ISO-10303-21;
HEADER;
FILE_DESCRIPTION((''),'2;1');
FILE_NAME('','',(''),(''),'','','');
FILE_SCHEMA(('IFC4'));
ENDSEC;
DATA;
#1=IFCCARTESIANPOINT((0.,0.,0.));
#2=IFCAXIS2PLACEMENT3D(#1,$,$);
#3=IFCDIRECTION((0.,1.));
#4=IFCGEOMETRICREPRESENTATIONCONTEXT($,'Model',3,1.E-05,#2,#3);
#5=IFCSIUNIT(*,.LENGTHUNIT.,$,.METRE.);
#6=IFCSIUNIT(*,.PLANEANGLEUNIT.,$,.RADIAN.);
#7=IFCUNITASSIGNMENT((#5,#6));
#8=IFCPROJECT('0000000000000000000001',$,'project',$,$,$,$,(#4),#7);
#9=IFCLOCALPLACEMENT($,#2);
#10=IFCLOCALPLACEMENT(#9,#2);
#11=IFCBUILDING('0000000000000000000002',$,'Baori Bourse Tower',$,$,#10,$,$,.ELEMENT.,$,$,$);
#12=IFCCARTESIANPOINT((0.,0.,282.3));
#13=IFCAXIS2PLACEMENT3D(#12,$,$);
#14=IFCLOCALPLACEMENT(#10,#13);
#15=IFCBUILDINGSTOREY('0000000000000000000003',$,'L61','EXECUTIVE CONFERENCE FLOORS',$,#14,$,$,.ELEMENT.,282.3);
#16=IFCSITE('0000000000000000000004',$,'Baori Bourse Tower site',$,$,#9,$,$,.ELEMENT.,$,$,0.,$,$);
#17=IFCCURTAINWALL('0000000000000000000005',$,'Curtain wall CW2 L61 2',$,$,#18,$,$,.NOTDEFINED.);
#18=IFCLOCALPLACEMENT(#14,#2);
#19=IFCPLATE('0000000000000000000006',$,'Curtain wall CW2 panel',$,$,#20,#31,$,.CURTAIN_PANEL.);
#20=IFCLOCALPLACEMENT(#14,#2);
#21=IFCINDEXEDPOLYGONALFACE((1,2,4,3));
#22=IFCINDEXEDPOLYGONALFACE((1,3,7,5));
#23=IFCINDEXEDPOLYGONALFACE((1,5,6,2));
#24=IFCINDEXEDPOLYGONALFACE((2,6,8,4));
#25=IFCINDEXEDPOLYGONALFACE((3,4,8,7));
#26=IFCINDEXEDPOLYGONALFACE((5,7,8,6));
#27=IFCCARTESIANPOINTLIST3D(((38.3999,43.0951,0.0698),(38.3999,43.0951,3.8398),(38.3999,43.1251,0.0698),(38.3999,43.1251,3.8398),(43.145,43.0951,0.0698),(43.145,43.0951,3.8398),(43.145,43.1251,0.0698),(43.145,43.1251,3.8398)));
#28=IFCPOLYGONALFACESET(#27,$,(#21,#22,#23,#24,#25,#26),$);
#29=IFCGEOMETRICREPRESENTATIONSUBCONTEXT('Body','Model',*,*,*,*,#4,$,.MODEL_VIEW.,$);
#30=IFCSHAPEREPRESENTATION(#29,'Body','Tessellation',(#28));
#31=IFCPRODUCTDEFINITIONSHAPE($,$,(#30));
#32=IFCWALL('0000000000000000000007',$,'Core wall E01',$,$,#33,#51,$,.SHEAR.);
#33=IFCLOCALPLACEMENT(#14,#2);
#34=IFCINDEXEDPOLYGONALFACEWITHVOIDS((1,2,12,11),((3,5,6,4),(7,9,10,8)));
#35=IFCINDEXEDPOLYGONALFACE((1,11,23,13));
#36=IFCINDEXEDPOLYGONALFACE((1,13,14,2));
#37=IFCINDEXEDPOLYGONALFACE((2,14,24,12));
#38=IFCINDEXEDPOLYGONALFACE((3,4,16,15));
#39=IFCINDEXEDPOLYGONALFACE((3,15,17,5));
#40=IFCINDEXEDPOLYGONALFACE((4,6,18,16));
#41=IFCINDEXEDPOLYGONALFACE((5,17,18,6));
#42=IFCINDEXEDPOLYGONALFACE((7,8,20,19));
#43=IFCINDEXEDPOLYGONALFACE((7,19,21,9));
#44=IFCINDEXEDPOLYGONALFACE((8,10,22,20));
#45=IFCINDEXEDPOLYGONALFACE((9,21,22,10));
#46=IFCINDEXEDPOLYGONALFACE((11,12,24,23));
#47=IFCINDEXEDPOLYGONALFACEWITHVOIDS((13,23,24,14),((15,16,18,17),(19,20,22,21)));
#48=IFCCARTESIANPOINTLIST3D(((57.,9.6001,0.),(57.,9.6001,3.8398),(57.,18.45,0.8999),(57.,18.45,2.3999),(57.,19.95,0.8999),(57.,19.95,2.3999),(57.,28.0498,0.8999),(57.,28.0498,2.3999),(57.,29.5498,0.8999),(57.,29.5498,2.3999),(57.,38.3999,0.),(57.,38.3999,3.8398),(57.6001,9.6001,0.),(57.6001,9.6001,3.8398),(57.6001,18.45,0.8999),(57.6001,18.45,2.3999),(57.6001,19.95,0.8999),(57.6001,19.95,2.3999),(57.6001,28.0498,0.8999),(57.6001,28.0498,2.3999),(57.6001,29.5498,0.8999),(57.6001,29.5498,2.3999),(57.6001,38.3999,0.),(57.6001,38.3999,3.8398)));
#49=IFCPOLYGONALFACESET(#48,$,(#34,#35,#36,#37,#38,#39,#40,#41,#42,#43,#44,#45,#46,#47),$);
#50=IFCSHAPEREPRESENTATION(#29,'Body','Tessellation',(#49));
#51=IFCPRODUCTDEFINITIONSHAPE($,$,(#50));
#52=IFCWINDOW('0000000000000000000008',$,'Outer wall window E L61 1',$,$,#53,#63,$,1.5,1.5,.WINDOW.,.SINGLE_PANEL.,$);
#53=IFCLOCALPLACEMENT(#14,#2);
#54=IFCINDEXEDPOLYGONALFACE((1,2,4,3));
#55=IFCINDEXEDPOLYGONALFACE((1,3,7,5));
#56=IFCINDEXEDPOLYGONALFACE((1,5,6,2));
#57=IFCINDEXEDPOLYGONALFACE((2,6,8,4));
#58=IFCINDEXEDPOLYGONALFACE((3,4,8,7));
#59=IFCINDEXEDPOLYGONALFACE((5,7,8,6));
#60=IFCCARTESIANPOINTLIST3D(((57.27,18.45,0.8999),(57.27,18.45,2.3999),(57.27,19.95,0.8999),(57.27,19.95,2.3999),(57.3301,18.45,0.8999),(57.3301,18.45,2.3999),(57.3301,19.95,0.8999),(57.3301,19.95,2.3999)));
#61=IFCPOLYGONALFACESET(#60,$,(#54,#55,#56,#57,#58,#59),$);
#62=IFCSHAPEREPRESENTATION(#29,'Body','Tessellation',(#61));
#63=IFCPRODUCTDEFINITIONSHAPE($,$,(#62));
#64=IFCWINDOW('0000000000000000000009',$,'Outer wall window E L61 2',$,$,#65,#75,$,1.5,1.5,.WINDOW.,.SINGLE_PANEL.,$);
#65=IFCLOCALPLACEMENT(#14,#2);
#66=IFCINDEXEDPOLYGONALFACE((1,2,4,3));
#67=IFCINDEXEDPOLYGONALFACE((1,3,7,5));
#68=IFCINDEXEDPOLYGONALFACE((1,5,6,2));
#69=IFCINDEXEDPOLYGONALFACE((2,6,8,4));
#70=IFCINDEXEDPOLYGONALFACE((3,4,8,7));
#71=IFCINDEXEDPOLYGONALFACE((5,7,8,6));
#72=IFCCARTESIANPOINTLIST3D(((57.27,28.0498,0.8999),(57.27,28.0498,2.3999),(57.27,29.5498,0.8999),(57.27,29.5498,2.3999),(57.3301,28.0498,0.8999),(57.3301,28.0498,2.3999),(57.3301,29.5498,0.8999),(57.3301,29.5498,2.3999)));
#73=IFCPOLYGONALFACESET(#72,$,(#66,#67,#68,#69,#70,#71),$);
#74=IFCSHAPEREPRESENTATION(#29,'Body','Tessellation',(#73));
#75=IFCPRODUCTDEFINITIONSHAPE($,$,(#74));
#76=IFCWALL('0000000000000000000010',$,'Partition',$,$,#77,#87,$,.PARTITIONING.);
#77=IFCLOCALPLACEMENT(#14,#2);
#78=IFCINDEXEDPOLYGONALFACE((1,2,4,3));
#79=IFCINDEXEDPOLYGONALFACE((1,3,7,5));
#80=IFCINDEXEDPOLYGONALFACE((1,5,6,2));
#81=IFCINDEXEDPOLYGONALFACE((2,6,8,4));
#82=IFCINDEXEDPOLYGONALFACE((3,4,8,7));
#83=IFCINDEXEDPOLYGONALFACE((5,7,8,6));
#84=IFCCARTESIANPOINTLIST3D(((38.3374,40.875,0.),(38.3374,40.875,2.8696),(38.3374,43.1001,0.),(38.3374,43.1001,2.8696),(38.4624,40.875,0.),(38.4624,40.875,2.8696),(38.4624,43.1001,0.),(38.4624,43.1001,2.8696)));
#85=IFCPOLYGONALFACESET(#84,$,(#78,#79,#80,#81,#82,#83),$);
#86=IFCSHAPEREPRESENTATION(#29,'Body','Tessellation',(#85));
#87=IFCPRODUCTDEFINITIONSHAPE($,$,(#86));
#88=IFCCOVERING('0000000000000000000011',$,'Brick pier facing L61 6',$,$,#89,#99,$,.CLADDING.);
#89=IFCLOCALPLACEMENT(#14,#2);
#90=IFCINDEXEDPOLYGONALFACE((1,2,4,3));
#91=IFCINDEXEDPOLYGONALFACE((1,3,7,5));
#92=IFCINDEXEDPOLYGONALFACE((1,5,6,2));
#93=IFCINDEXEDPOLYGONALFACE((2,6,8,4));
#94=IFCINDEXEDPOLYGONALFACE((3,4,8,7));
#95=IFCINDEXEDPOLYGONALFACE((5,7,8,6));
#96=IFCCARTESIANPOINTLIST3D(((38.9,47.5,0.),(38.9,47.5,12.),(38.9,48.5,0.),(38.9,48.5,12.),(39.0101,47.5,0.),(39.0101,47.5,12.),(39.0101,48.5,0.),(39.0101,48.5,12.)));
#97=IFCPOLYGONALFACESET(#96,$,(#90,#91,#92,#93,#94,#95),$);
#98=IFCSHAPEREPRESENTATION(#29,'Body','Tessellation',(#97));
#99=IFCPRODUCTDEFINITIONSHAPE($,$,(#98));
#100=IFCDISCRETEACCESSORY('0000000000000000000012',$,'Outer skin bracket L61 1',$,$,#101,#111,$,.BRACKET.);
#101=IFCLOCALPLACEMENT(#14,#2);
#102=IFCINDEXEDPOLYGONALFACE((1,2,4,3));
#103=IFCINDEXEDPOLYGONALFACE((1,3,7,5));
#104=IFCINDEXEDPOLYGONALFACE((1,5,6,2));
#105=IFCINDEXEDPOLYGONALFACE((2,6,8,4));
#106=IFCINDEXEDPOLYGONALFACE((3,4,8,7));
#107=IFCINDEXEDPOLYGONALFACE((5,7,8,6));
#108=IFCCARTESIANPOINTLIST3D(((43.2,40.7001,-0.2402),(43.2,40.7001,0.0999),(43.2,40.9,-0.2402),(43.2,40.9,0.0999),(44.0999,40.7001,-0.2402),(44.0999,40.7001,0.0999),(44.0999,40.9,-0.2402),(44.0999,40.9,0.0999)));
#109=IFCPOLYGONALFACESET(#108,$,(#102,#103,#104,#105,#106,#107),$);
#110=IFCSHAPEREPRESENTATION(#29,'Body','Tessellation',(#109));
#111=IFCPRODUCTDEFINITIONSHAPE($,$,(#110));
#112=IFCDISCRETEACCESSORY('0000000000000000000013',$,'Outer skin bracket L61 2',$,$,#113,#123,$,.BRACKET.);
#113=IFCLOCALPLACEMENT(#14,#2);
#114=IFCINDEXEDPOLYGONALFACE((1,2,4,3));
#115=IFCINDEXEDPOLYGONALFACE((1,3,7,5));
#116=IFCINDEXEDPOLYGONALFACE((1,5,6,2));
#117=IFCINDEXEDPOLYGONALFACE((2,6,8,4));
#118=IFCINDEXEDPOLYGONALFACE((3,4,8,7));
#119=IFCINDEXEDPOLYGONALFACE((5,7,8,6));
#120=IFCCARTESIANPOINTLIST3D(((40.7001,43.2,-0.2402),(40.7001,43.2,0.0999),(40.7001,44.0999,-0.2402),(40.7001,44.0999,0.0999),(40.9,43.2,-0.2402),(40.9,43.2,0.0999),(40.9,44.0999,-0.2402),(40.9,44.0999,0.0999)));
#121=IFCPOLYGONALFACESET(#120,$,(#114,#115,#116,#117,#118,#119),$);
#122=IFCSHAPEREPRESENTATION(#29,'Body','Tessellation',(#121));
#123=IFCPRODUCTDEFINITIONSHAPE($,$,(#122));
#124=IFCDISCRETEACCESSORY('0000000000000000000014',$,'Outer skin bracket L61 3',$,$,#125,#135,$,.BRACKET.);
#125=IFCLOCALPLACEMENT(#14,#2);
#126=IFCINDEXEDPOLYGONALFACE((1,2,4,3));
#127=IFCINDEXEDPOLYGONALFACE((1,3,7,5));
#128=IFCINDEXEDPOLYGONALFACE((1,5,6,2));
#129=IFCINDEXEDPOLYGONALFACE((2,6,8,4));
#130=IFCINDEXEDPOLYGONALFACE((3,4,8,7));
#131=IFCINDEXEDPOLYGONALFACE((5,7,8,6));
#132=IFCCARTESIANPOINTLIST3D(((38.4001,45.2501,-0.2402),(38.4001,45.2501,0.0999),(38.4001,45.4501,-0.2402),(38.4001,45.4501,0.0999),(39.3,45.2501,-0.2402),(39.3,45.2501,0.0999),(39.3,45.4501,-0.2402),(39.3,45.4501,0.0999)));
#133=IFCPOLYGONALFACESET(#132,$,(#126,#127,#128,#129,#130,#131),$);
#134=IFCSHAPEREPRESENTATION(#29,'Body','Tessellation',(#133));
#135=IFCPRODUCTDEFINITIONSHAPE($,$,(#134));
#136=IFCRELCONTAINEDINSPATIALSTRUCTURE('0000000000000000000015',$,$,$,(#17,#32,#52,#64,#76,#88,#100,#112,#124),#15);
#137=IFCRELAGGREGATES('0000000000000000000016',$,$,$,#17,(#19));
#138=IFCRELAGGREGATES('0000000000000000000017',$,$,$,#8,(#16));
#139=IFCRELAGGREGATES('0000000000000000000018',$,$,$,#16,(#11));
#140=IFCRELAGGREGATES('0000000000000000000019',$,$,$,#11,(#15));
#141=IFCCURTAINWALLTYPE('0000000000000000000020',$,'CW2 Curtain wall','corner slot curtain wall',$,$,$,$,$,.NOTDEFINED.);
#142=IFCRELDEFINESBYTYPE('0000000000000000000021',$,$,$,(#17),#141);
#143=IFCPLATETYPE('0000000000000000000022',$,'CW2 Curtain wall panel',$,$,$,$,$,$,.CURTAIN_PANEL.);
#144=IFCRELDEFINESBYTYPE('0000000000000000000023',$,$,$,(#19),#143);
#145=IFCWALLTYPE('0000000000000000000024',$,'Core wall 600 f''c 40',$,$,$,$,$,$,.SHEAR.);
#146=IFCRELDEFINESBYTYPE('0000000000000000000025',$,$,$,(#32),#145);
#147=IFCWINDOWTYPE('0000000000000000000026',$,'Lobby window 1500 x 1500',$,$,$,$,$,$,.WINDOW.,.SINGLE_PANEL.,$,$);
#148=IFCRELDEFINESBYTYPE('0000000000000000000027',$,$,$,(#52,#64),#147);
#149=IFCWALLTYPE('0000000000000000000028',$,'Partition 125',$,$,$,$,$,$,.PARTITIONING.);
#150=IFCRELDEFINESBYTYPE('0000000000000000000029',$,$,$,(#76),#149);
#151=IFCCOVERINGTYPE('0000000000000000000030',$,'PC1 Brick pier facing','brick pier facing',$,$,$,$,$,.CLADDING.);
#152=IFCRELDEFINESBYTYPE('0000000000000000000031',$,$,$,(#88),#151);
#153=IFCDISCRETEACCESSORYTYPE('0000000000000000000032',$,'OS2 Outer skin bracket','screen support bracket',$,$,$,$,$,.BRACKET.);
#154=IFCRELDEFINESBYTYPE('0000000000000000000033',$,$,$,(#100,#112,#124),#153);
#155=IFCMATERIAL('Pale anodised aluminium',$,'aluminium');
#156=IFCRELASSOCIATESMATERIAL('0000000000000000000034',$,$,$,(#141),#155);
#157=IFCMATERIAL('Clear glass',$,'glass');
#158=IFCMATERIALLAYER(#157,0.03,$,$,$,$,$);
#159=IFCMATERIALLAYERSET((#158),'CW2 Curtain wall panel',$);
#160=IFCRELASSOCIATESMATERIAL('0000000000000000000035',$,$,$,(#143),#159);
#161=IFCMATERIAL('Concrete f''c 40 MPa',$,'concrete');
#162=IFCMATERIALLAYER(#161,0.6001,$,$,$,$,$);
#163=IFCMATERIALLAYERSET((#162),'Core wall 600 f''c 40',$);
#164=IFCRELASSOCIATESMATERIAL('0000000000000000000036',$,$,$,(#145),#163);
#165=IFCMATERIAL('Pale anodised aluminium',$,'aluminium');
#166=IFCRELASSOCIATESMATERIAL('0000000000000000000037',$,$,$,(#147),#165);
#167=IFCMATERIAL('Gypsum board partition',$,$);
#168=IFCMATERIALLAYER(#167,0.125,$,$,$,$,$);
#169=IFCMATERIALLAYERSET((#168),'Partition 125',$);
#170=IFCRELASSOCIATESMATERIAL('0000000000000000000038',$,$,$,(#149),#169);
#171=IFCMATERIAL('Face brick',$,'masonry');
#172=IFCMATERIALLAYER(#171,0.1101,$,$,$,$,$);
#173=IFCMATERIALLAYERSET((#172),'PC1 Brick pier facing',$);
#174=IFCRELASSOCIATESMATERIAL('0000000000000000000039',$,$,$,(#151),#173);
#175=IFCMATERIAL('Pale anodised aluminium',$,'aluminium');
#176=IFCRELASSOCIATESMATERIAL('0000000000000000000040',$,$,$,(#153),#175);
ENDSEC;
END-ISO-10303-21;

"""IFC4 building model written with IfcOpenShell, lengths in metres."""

from ifc_helpers import new_model, si_unit, direction, frame, frame_2d, origin, origin_2d, place, context, subcontext, project, spatial, rectangle, extrude, material, layer, layer_set, type_object, element, fill, aggregate, save


model = new_model("IFC4")

# Units and contexts
model_context = context("Model", 3, precision=1e-05, world=origin(), true_north=direction((0.0, 1.0)))
body_context = subcontext(model_context, "Body", "Model", "MODEL_VIEW")
ifc_project = project(units=[si_unit("LENGTHUNIT", "METRE"), si_unit("PLANEANGLEUNIT", "RADIAN")], contexts=[model_context])

# Site, building, storey
site_placement = place(None, origin())
site = spatial("IfcSite", under=ifc_project, at=site_placement, Name="Baori Bourse Tower site", CompositionType="ELEMENT", RefElevation=0.0)
building_placement = place(site_placement, origin())
building = spatial("IfcBuilding", under=site, at=building_placement, Name="Baori Bourse Tower", CompositionType="ELEMENT")
storey_placement = place(building_placement, frame((0.0, 0.0, 282.3)))
storey = spatial("IfcBuildingStorey", under=building, at=storey_placement, Name="L61", Description="EXECUTIVE CONFERENCE FLOORS", CompositionType="ELEMENT", Elevation=282.3)

# Curtain wall
ifc_material_1 = material(Name="Pale anodised aluminium", Category="aluminium")
curtain_wall_type = type_object("IfcCurtainWallType", Name="CW2 Curtain wall", Description="corner slot curtain wall", PredefinedType="NOTDEFINED", material=ifc_material_1)
curtain_wall_1_placement = place(storey_placement, origin())
curtain_wall_1 = element("IfcCurtainWall", 1, at=curtain_wall_1_placement, inside=storey, type_object=curtain_wall_type, Name="Curtain wall CW2 L61 2", PredefinedType="NOTDEFINED")

# Plate
ifc_material_2 = material(Name="Clear glass", Category="glass")
ifc_layer_1 = layer(ifc_material_2, 0.03)
ifc_layer_set_1 = layer_set([ifc_layer_1], Name="CW2 Curtain wall panel")
plate_type = type_object("IfcPlateType", Name="CW2 Curtain wall panel", PredefinedType="CURTAIN_PANEL", material=ifc_layer_set_1)
plate_1_placement = place(storey_placement, frame((40.7725, 43.1101, 0.0698), z_axis=(0.0, 0.0, 1.0), x_axis=(-1.0, 0.0, 0.0)))
plate_1 = element("IfcPlate", 2, at=plate_1_placement, type_object=plate_type, Name="Curtain wall CW2 panel", PredefinedType="CURTAIN_PANEL", context=body_context, shape_type="SweptSolid", body=[
    extrude(rectangle(XDim=4.7451, YDim=0.03, at=origin_2d()), origin(), (0.0, 0.0, 1.0), 3.77),
])
aggregate(curtain_wall_1, [plate_1])

# Wall, openings, windows
ifc_material_3 = material(Name="Concrete f'c 40 MPa", Category="concrete")
ifc_layer_2 = layer(ifc_material_3, 0.6001)
ifc_layer_set_2 = layer_set([ifc_layer_2], Name="Core wall 600 f'c 40")
wall_type_1 = type_object("IfcWallType", Name="Core wall 600 f'c 40", PredefinedType="SHEAR", material=ifc_layer_set_2)
wall_1_placement = place(storey_placement, frame((57.3, 38.3999, 0.0), z_axis=(0.0, 0.0, 1.0), x_axis=(0.0, -1.0, 0.0)))
wall_1 = element("IfcWall", 3, at=wall_1_placement, inside=storey, type_object=wall_type_1, Name="Core wall E01", PredefinedType="SHEAR", context=body_context, shape_type="SweptSolid", body=[
    extrude(rectangle(XDim=28.7998, YDim=0.6001, at=frame_2d((14.3999, 0.0))), origin(), (0.0, 0.0, 1.0), 3.8398),
])
opening_1_placement = place(wall_1_placement, frame((18.45, 0.0, 0.8999)))
opening_1 = element("IfcOpeningElement", 4, at=opening_1_placement, cuts=wall_1, PredefinedType="OPENING", context=body_context, shape_type="SweptSolid", body=[
    extrude(rectangle(XDim=1.5, YDim=1.5, at=frame_2d((0.75, 0.75))), frame((0.0, 0.3101, 0.0), z_axis=(0.0, -1.0, 0.0), x_axis=(1.0, 0.0, 0.0)), (0.0, 0.0, 1.0), 0.6201),
])
opening_2_placement = place(wall_1_placement, frame((8.8501, 0.0, 0.8999)))
opening_2 = element("IfcOpeningElement", 5, at=opening_2_placement, cuts=wall_1, PredefinedType="OPENING", context=body_context, shape_type="SweptSolid", body=[
    extrude(rectangle(XDim=1.5, YDim=1.5, at=frame_2d((0.75, 0.75))), frame((0.0, 0.3101, 0.0), z_axis=(0.0, -1.0, 0.0), x_axis=(1.0, 0.0, 0.0)), (0.0, 0.0, 1.0), 0.6201),
])
ifc_material_4 = material(Name="Pale anodised aluminium", Category="aluminium")
window_type = type_object("IfcWindowType", Name="Lobby window 1500 x 1500", PartitioningType="SINGLE_PANEL", PredefinedType="WINDOW", material=ifc_material_4)
window_1_placement = place(opening_1_placement, origin())
window_1 = element("IfcWindow", 6, at=window_1_placement, inside=storey, type_object=window_type, Name="Outer wall window E L61 1", OverallHeight=1.5, OverallWidth=1.5, PartitioningType="SINGLE_PANEL", PredefinedType="WINDOW", context=body_context, shape_type="SweptSolid", body=[
    extrude(rectangle(XDim=1.5, YDim=1.5, at=frame_2d((0.75, 0.75))), frame((0.0, 0.03, 0.0), z_axis=(0.0, -1.0, 0.0), x_axis=(1.0, 0.0, 0.0)), (0.0, 0.0, 1.0), 0.0601),
])
fill(opening_1, window_1)
window_2_placement = place(opening_2_placement, origin())
window_2 = element("IfcWindow", 7, at=window_2_placement, inside=storey, type_object=window_type, Name="Outer wall window E L61 2", OverallHeight=1.5, OverallWidth=1.5, PartitioningType="SINGLE_PANEL", PredefinedType="WINDOW", context=body_context, shape_type="SweptSolid", body=[
    extrude(rectangle(XDim=1.5, YDim=1.5, at=frame_2d((0.75, 0.75))), frame((0.0, 0.03, 0.0), z_axis=(0.0, -1.0, 0.0), x_axis=(1.0, 0.0, 0.0)), (0.0, 0.0, 1.0), 0.0601),
])
fill(opening_2, window_2)

# Wall
ifc_material_5 = material(Name="Gypsum board partition")
ifc_layer_3 = layer(ifc_material_5, 0.125)
ifc_layer_set_3 = layer_set([ifc_layer_3], Name="Partition 125")
wall_type_2 = type_object("IfcWallType", Name="Partition 125", PredefinedType="PARTITIONING", material=ifc_layer_set_3)
wall_2_placement = place(storey_placement, frame((38.3999, 40.875, 0.0), z_axis=(0.0, 0.0, 1.0), x_axis=(0.0, 1.0, 0.0)))
element("IfcWall", 8, at=wall_2_placement, inside=storey, type_object=wall_type_2, Name="Partition", PredefinedType="PARTITIONING", context=body_context, shape_type="SweptSolid", body=[
    extrude(rectangle(XDim=2.2251, YDim=0.125, at=frame_2d((1.1125, 0.0))), origin(), (0.0, 0.0, 1.0), 2.8696),
])

# Covering
ifc_material_6 = material(Name="Face brick", Category="masonry")
ifc_layer_4 = layer(ifc_material_6, 0.1101)
ifc_layer_set_4 = layer_set([ifc_layer_4], Name="PC1 Brick pier facing")
covering_type = type_object("IfcCoveringType", Name="PC1 Brick pier facing", Description="brick pier facing", PredefinedType="CLADDING", material=ifc_layer_set_4)
covering_placement = place(storey_placement, frame((38.9551, 48.0, 0.0), z_axis=(0.0, 0.0, 1.0), x_axis=(1.0, 0.0, 0.0)))
element("IfcCovering", 9, at=covering_placement, inside=storey, type_object=covering_type, Name="Brick pier facing L61 6", PredefinedType="CLADDING", context=body_context, shape_type="SweptSolid", body=[
    extrude(rectangle(XDim=0.1101, YDim=1.0, at=origin_2d()), origin(), (0.0, 0.0, 1.0), 12.0),
])

# Discrete accessories
ifc_material_7 = material(Name="Pale anodised aluminium", Category="aluminium")
discrete_accessory_type = type_object("IfcDiscreteAccessoryType", Name="OS2 Outer skin bracket", Description="screen support bracket", PredefinedType="BRACKET", material=ifc_material_7)
for number, where, z_axis, x_axis, name in (
    (10, (43.6499, 40.8, -0.2402), (0.0, 0.0, 1.0), (0.0, 1.0, 0.0), "Outer skin bracket L61 1"),
    (11, (40.8, 43.6499, -0.2402), (0.0, 0.0, 1.0), (-1.0, 0.0, 0.0), "Outer skin bracket L61 2"),
    (12, (38.8501, 45.3501, -0.2402), (0.0, 0.0, 1.0), (0.0, 1.0, 0.0), "Outer skin bracket L61 3"),
):
    element("IfcDiscreteAccessory", number, at=place(storey_placement, frame(where, z_axis=z_axis, x_axis=x_axis)), inside=storey, type_object=discrete_accessory_type, Name=name, PredefinedType="BRACKET", context=body_context, shape_type="SweptSolid", body=[
        extrude(rectangle(XDim=0.2, YDim=0.8999, at=origin_2d()), origin(), (0.0, 0.0, 1.0), 0.3401),
    ])

save(model, "model.ifc")
